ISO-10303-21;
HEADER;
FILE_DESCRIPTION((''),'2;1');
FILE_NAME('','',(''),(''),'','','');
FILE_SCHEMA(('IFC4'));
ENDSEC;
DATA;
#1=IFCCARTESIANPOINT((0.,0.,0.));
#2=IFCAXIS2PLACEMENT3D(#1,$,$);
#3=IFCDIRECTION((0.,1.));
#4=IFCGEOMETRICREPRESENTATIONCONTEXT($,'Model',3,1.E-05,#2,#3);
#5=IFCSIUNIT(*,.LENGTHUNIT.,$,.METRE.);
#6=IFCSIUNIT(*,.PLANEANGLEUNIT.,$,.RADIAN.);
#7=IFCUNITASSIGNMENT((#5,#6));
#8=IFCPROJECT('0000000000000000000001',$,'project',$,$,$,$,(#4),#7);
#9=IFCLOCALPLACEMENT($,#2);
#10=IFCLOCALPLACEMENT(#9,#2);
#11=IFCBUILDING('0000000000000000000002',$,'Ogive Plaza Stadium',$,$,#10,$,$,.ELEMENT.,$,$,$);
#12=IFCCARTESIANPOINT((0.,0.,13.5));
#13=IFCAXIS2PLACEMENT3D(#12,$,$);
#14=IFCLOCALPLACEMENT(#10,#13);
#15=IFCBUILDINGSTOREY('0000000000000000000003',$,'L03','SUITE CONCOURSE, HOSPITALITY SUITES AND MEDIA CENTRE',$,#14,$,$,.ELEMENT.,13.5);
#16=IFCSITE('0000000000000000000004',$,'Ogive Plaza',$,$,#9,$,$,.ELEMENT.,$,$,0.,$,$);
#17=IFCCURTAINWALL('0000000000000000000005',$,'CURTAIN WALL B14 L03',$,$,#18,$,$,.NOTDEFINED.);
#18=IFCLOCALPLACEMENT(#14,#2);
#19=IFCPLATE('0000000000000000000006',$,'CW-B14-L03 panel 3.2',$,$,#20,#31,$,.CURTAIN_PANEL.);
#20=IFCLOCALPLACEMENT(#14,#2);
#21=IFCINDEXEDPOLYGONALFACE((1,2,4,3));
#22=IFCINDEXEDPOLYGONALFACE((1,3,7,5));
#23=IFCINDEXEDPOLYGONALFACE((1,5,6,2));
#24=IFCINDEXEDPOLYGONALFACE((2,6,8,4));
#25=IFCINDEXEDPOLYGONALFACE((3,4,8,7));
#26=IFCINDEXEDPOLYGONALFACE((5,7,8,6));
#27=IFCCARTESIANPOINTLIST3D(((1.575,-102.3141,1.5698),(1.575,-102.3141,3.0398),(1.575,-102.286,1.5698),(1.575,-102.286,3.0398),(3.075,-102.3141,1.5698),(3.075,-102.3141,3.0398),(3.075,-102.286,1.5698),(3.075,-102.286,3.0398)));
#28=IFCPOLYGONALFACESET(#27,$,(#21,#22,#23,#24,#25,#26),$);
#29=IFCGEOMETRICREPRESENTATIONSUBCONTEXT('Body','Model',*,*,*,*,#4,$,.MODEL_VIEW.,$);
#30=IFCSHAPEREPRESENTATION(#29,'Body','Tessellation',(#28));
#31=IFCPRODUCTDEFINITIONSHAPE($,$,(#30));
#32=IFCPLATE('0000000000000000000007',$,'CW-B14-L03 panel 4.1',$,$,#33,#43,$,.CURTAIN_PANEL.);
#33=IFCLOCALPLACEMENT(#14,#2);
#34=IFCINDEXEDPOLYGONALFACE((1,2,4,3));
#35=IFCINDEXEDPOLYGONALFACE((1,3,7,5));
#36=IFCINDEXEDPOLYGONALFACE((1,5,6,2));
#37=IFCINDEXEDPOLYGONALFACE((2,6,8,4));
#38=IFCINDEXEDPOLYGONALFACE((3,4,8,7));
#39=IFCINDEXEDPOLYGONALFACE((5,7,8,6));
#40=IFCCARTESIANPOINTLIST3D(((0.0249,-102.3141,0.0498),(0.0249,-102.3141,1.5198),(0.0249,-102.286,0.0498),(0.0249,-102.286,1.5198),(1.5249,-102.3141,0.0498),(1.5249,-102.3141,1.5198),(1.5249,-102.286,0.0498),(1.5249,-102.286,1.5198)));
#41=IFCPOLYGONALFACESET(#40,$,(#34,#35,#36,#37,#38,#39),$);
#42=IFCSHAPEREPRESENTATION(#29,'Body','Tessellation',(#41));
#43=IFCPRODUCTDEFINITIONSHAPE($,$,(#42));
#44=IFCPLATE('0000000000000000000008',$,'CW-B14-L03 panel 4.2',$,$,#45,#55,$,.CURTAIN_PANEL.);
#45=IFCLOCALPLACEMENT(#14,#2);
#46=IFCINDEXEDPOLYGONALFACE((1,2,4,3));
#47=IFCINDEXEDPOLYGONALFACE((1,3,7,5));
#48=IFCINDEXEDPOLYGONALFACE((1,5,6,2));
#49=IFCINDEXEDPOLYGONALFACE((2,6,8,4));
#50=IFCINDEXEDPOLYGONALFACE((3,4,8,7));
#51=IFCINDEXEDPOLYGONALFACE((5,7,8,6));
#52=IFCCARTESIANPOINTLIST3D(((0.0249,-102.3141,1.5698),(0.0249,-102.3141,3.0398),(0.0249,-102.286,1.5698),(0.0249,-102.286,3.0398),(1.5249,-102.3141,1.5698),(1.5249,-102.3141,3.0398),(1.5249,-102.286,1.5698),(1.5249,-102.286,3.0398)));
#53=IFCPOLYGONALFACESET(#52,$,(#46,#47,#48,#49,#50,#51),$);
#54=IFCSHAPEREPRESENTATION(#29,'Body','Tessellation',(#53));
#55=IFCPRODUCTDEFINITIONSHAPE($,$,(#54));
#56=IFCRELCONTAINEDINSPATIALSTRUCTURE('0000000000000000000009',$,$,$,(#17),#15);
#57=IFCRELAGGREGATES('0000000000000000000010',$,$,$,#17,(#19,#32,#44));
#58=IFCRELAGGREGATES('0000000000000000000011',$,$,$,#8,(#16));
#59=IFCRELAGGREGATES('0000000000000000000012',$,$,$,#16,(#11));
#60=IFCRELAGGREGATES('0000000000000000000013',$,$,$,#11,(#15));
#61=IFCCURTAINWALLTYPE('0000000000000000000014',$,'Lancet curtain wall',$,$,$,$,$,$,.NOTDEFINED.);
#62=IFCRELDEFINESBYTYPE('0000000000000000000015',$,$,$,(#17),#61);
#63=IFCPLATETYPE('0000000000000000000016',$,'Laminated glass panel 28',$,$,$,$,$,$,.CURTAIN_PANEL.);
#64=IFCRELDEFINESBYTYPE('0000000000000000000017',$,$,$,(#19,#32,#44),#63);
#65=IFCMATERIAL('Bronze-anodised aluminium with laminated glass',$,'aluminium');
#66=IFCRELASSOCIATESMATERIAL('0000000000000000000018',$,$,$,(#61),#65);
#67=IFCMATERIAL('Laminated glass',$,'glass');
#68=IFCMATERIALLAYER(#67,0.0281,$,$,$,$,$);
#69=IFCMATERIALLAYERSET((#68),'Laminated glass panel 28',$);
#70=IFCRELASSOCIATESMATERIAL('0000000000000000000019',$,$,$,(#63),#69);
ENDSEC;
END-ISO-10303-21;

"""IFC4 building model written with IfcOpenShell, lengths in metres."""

from ifc_helpers import new_model, si_unit, direction, frame, origin, origin_2d, place, context, subcontext, project, spatial, rectangle, extrude, material, layer, layer_set, type_object, element, aggregate, save


model = new_model("IFC4")

# Units and contexts
model_context = context("Model", 3, precision=1e-05, world=origin(), true_north=direction((0.0, 1.0)))
body_context = subcontext(model_context, "Body", "Model", "MODEL_VIEW")
ifc_project = project(units=[si_unit("LENGTHUNIT", "METRE"), si_unit("PLANEANGLEUNIT", "RADIAN")], contexts=[model_context])

# Site, building, storey
site_placement = place(None, origin())
site = spatial("IfcSite", under=ifc_project, at=site_placement, Name="Ogive Plaza", CompositionType="ELEMENT", RefElevation=0.0)
building_placement = place(site_placement, origin())
building = spatial("IfcBuilding", under=site, at=building_placement, Name="Ogive Plaza Stadium", CompositionType="ELEMENT")
storey_placement = place(building_placement, frame((0.0, 0.0, 13.5)))
storey = spatial("IfcBuildingStorey", under=building, at=storey_placement, Name="L03", Description="SUITE CONCOURSE, HOSPITALITY SUITES AND MEDIA CENTRE", CompositionType="ELEMENT", Elevation=13.5)

# Shared definitions
ifc_material_1 = material(Name="Bronze-anodised aluminium with laminated glass", Category="aluminium")
curtain_wall_type = type_object("IfcCurtainWallType", Name="Lancet curtain wall", PredefinedType="NOTDEFINED", material=ifc_material_1)

# Curtain wall
curtain_wall_1_placement = place(storey_placement, origin())
curtain_wall_1 = element("IfcCurtainWall", 1, at=curtain_wall_1_placement, inside=storey, type_object=curtain_wall_type, Name="CURTAIN WALL B14 L03", PredefinedType="NOTDEFINED")

# Plates
ifc_material_2 = material(Name="Laminated glass", Category="glass")
ifc_layer = layer(ifc_material_2, 0.0281)
ifc_layer_set = layer_set([ifc_layer], Name="Laminated glass panel 28")
plate_type = type_object("IfcPlateType", Name="Laminated glass panel 28", PredefinedType="CURTAIN_PANEL", material=ifc_layer_set)
plate_1_placement = place(storey_placement, frame((2.325, -102.3, 1.5698), z_axis=(0.0, 0.0, 1.0), x_axis=(-1.0, 0.0, 0.0)))
plate_1 = element("IfcPlate", 2, at=plate_1_placement, type_object=plate_type, Name="CW-B14-L03 panel 3.2", PredefinedType="CURTAIN_PANEL", context=body_context, shape_type="SweptSolid", body=[
    extrude(rectangle(XDim=1.5, YDim=0.0281, at=origin_2d()), origin(), (0.0, 0.0, 1.0), 1.47),
])
plate_2_placement = place(storey_placement, frame((0.7749, -102.3, 0.0498), z_axis=(0.0, 0.0, 1.0), x_axis=(-1.0, 0.0, 0.0)))
plate_2 = element("IfcPlate", 3, at=plate_2_placement, type_object=plate_type, Name="CW-B14-L03 panel 4.1", PredefinedType="CURTAIN_PANEL", context=body_context, shape_type="SweptSolid", body=[
    extrude(rectangle(XDim=1.5, YDim=0.0281, at=origin_2d()), origin(), (0.0, 0.0, 1.0), 1.47),
])
plate_3_placement = place(storey_placement, frame((0.7749, -102.3, 1.5698), z_axis=(0.0, 0.0, 1.0), x_axis=(-1.0, 0.0, 0.0)))
plate_3 = element("IfcPlate", 4, at=plate_3_placement, type_object=plate_type, Name="CW-B14-L03 panel 4.2", PredefinedType="CURTAIN_PANEL", context=body_context, shape_type="SweptSolid", body=[
    extrude(rectangle(XDim=1.5, YDim=0.0281, at=origin_2d()), origin(), (0.0, 0.0, 1.0), 1.47),
])
aggregate(curtain_wall_1, [plate_1, plate_2, plate_3])

save(model, "model.ifc")
